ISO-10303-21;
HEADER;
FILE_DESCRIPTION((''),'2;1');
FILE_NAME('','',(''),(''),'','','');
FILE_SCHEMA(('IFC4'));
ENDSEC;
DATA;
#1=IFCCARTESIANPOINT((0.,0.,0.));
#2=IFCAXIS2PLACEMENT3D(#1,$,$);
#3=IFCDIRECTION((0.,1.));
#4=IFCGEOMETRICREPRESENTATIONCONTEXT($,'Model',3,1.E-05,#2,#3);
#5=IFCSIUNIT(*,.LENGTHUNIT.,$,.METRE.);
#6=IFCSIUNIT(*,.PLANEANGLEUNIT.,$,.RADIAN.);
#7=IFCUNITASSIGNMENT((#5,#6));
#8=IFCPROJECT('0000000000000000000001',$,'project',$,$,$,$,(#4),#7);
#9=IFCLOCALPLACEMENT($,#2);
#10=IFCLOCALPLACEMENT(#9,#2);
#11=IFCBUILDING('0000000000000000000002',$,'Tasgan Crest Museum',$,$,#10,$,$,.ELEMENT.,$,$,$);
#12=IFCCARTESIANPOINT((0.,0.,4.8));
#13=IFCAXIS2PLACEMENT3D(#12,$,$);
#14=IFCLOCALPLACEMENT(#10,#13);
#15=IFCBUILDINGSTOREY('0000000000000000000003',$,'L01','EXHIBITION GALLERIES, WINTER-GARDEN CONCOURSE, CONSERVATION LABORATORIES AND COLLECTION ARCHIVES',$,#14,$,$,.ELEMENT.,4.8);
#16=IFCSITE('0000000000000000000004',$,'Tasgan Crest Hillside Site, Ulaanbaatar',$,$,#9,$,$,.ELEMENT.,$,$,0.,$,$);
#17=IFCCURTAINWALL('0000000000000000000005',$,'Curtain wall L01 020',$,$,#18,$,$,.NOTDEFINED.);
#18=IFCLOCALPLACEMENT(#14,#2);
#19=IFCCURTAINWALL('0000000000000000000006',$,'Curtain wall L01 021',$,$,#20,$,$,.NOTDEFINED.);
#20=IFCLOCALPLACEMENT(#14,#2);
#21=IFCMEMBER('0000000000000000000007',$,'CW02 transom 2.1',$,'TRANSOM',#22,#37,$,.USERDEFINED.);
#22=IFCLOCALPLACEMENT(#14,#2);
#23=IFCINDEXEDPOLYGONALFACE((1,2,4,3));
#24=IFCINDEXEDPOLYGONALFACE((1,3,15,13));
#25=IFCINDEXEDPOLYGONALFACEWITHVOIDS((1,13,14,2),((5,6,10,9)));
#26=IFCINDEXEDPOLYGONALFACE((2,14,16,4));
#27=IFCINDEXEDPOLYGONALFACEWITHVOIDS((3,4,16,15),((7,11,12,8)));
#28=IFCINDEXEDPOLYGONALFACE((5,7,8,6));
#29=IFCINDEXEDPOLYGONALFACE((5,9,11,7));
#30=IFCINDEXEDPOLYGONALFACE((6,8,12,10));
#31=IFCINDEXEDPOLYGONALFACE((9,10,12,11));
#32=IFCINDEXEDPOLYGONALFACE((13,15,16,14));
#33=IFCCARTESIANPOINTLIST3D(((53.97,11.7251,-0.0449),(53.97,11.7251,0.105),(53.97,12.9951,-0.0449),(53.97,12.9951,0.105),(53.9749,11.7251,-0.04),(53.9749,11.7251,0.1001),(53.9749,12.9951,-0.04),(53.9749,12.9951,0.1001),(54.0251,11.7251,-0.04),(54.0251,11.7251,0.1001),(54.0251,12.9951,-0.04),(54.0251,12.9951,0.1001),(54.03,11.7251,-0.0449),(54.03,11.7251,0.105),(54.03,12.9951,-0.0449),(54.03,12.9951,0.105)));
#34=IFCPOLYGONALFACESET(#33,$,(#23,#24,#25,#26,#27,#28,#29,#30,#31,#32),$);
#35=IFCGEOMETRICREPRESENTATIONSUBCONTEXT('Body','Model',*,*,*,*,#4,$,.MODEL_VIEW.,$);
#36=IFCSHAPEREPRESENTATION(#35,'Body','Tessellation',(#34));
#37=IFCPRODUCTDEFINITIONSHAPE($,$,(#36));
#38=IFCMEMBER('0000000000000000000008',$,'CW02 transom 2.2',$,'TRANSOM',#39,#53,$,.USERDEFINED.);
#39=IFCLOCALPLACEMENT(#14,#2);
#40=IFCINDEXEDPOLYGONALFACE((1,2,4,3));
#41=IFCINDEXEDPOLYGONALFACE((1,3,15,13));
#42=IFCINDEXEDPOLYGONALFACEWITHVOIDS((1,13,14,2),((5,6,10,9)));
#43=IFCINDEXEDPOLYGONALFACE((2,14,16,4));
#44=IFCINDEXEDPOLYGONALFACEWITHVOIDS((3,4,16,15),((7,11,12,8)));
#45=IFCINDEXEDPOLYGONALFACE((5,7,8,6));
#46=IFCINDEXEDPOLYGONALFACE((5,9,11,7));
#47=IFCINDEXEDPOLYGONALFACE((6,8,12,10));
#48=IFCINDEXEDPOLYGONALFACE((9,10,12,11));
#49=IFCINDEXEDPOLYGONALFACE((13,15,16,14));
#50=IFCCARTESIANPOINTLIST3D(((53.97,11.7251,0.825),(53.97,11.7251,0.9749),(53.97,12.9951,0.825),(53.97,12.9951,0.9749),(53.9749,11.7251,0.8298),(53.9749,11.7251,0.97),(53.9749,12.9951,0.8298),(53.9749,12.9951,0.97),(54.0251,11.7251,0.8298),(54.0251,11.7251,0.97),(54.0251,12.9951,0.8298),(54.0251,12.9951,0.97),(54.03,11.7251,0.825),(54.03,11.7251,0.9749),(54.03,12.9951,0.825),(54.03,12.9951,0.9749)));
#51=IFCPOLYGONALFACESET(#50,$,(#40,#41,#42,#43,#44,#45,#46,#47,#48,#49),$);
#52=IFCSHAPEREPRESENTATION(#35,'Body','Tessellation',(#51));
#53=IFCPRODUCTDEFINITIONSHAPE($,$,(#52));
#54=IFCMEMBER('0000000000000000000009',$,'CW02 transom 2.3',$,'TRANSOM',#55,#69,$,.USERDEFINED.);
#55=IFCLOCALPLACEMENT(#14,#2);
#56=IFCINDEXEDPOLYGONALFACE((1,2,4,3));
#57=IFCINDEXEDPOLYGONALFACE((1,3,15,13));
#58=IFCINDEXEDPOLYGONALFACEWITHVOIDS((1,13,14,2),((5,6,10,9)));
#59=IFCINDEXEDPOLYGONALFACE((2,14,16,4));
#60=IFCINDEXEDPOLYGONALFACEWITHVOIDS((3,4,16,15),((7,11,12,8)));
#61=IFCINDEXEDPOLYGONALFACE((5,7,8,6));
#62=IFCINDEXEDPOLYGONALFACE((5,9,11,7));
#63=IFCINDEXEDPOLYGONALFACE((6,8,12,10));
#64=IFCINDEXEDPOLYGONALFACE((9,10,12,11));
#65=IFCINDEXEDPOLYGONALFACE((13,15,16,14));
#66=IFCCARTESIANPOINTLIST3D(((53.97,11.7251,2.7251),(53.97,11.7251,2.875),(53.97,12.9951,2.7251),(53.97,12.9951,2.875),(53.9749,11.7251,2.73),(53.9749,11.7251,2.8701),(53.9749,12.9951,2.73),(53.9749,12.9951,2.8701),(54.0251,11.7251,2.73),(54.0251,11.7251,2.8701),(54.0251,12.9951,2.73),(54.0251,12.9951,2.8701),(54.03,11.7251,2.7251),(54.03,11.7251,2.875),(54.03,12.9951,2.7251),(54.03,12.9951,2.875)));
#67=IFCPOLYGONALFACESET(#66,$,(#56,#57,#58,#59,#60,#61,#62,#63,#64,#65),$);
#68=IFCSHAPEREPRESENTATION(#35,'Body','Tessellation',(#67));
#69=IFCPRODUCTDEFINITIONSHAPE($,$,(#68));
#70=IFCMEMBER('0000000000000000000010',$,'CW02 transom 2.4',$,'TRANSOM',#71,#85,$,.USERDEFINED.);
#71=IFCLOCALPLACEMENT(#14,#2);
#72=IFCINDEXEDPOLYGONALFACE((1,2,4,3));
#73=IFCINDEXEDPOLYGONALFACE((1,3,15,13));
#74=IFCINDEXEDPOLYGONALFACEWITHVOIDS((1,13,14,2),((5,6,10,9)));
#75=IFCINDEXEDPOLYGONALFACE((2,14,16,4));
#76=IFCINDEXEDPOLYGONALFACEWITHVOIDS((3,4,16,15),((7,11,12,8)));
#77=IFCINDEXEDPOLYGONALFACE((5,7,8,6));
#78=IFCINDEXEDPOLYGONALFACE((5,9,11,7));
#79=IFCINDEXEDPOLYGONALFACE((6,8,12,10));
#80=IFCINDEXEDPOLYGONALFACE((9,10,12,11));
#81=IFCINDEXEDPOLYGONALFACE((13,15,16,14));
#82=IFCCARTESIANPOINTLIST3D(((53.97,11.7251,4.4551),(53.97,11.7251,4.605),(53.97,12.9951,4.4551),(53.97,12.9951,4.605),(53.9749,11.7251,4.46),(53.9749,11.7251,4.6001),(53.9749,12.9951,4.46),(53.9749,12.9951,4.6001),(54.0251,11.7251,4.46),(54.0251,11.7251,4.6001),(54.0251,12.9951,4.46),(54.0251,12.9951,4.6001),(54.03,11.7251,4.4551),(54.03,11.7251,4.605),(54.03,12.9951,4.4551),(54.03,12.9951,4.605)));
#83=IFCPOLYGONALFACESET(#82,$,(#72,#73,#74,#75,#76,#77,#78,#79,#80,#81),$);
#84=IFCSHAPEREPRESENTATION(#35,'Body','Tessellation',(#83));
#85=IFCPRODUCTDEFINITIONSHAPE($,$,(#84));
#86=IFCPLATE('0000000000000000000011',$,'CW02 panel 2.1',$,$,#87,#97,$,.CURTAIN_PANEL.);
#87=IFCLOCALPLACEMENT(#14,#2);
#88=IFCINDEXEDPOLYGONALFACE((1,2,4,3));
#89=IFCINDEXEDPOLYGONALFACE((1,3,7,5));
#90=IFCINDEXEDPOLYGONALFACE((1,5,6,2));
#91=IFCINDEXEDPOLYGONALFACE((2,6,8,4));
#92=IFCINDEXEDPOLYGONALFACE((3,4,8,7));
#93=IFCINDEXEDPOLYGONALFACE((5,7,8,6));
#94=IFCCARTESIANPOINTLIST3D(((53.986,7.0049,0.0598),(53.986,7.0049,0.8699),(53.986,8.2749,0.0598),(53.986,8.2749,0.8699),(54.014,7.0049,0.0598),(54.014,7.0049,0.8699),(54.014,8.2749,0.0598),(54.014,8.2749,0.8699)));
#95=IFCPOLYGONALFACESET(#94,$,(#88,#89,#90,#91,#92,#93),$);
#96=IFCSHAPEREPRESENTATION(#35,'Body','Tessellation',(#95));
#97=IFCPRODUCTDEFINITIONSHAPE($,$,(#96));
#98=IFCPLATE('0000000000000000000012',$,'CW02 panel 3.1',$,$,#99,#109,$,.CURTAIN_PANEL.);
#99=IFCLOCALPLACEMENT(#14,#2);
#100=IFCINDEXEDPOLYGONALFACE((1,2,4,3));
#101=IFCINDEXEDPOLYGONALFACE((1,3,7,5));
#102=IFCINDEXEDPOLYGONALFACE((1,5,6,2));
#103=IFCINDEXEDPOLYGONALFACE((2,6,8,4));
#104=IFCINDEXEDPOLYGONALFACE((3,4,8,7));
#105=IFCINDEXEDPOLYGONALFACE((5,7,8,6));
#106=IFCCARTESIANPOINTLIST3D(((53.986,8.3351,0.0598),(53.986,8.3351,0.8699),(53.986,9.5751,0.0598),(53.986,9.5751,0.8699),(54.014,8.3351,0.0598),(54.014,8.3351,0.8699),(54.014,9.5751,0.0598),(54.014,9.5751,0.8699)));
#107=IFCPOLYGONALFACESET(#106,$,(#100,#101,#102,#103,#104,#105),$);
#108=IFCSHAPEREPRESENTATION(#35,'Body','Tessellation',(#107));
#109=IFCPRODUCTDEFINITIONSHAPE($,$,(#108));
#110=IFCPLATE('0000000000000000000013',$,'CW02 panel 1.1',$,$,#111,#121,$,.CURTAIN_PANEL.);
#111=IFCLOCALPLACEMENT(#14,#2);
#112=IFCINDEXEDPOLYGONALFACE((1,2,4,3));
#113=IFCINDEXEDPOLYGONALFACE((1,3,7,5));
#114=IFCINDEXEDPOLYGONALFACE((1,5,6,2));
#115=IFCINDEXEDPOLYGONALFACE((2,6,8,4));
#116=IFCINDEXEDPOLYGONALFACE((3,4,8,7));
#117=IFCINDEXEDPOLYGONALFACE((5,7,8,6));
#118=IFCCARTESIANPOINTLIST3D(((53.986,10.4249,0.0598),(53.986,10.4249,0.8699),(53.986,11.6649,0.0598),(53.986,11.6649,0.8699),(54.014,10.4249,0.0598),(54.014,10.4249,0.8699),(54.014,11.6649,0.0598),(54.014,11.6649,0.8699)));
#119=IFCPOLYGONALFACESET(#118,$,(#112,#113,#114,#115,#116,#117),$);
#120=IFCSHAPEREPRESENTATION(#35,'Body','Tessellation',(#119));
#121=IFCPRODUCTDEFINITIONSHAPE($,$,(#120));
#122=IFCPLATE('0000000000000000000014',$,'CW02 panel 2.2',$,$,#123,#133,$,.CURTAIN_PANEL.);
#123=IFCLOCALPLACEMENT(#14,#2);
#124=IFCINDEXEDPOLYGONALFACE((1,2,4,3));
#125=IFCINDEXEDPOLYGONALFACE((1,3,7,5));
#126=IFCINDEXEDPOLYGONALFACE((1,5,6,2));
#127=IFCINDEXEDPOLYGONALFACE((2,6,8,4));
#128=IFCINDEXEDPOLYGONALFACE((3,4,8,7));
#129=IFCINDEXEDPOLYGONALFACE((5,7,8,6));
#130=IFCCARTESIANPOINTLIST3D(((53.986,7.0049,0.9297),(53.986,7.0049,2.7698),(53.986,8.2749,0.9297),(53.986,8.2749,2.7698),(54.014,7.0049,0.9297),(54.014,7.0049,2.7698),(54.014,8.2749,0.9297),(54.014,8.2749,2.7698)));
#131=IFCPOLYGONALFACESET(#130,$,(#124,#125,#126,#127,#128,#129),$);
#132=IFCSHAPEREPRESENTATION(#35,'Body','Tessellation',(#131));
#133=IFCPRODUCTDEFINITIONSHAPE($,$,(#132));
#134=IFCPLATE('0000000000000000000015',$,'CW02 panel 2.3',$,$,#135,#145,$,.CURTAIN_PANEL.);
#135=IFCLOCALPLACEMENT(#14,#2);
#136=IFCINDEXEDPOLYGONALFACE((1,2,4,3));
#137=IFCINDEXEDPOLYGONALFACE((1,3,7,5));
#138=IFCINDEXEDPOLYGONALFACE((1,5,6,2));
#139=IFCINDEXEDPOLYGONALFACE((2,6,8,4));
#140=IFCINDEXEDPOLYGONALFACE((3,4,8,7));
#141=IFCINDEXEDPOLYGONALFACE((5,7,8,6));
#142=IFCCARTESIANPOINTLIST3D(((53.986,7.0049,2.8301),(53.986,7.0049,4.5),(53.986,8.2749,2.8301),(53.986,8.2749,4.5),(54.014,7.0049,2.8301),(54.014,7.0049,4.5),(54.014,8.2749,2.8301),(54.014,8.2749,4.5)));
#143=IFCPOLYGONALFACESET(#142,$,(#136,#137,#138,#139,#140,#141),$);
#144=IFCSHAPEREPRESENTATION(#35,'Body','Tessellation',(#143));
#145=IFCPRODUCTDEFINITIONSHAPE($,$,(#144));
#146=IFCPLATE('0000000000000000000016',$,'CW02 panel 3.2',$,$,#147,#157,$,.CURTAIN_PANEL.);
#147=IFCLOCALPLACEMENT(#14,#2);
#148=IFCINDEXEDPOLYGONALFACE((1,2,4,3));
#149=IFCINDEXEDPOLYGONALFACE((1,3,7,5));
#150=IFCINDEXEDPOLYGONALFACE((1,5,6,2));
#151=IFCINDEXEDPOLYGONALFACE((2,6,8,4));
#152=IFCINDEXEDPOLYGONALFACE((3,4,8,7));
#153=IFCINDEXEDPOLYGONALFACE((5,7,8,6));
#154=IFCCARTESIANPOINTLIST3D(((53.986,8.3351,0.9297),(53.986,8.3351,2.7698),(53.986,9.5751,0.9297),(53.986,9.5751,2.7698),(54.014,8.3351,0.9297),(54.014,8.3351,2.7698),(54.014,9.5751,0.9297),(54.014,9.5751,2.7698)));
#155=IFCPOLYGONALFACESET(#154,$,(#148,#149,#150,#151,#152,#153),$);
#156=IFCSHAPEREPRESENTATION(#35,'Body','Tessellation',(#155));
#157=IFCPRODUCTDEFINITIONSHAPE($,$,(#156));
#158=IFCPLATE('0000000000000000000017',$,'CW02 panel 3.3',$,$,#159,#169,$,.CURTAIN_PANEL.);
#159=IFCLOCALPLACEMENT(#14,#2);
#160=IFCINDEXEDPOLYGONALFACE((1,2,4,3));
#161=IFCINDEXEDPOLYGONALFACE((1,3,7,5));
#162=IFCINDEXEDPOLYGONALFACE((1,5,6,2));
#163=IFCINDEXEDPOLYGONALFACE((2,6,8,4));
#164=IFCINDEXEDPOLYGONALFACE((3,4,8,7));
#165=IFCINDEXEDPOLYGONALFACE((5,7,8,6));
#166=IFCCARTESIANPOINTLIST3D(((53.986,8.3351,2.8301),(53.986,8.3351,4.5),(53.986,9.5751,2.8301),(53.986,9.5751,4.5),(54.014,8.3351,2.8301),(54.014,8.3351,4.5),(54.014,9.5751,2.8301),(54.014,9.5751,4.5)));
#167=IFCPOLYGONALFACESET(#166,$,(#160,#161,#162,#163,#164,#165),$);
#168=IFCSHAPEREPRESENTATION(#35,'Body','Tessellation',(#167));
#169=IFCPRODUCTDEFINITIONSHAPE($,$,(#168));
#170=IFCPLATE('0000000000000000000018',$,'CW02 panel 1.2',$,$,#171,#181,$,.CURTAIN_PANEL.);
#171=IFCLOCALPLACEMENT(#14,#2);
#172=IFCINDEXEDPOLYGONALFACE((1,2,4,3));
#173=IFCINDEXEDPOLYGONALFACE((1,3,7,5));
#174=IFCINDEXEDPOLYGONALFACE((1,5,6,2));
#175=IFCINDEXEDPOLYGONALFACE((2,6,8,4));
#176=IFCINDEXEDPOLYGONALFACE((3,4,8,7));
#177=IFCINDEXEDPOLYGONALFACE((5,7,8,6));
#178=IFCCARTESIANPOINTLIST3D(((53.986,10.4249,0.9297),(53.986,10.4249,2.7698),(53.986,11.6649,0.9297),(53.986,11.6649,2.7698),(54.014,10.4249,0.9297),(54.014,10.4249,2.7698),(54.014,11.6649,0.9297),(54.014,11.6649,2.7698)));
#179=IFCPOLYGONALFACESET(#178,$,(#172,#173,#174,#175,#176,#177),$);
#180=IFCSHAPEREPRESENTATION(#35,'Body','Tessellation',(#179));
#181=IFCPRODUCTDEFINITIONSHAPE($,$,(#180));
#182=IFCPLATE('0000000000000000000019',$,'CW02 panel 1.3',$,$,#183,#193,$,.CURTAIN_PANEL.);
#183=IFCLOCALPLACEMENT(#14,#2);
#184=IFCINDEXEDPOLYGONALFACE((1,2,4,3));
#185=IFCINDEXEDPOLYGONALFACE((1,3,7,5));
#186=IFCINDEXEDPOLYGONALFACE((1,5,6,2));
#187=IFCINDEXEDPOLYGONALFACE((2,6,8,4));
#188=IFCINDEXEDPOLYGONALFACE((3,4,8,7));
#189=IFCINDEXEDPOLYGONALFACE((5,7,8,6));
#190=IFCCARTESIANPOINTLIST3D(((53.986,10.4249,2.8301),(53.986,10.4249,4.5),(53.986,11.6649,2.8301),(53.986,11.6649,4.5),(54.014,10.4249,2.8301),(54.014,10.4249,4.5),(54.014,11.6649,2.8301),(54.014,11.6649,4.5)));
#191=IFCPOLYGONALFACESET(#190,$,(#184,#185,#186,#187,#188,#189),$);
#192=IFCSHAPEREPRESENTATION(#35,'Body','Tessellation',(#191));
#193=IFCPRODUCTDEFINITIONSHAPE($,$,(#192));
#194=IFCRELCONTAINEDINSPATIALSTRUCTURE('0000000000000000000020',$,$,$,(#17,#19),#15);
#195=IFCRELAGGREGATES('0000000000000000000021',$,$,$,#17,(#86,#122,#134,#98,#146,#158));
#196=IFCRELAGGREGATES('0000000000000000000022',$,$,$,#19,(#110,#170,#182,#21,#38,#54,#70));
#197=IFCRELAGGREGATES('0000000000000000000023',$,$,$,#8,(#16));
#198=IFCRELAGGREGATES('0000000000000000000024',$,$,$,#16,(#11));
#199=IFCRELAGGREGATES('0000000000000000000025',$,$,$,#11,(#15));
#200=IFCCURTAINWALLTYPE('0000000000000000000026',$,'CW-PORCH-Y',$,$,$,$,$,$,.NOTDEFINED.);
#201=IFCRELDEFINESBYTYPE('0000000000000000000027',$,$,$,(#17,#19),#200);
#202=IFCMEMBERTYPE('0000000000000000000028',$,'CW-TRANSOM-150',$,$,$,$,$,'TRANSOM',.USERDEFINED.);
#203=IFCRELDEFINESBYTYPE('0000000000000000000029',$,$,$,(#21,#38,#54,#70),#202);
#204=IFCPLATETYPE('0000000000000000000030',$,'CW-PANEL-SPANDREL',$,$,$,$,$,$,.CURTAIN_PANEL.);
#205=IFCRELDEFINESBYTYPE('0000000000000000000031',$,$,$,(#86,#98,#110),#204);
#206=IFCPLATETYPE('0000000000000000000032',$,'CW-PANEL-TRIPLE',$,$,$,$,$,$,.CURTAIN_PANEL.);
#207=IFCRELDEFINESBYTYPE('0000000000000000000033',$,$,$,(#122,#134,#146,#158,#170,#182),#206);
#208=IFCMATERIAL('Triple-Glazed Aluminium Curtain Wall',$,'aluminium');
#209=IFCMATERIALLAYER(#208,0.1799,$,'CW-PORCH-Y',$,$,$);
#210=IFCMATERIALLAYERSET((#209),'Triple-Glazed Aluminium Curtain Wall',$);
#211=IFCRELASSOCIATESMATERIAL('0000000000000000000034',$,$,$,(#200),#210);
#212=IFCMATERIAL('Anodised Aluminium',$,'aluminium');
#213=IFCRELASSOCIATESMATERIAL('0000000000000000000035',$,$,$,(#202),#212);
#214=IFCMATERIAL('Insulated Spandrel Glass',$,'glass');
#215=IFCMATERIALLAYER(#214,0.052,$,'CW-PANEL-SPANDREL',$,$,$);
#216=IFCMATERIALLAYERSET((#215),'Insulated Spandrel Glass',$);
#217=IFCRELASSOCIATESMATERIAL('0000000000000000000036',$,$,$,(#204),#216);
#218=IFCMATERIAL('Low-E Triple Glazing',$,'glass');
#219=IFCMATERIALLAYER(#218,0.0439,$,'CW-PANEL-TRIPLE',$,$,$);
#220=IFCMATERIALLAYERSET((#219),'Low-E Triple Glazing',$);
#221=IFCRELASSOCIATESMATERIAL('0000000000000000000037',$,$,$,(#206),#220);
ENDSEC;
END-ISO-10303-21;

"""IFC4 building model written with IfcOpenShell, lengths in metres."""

from ifc_helpers import new_model, si_unit, direction, frame, origin, origin_2d, place, context, subcontext, project, spatial, rectangle, hollow_rectangle, extrude, material, layer, layer_set, material_profile, profile_set, type_object, element, aggregate, save


model = new_model("IFC4")

# Units and contexts
model_context = context("Model", 3, precision=1e-05, world=origin(), true_north=direction((0.0, 1.0)))
body_context = subcontext(model_context, "Body", "Model", "MODEL_VIEW")
ifc_project = project(units=[si_unit("LENGTHUNIT", "METRE"), si_unit("PLANEANGLEUNIT", "RADIAN")], contexts=[model_context])

# Site, building, storey
site_placement = place(None, origin())
site = spatial("IfcSite", under=ifc_project, at=site_placement, Name="Tasgan Crest Hillside Site, Ulaanbaatar", CompositionType="ELEMENT", RefElevation=0.0)
building_placement = place(site_placement, origin())
building = spatial("IfcBuilding", under=site, at=building_placement, Name="Tasgan Crest Museum", CompositionType="ELEMENT")
storey_placement = place(building_placement, frame((0.0, 0.0, 4.8)))
storey = spatial("IfcBuildingStorey", under=building, at=storey_placement, Name="L01", Description="EXHIBITION GALLERIES, WINTER-GARDEN CONCOURSE, CONSERVATION LABORATORIES AND COLLECTION ARCHIVES", CompositionType="ELEMENT", Elevation=4.8)

# Curtain walls
ifc_material_1 = material(Name="Triple-Glazed Aluminium Curtain Wall", Category="aluminium")
ifc_layer_1 = layer(ifc_material_1, 0.1799, Name="CW-PORCH-Y")
ifc_layer_set_1 = layer_set([ifc_layer_1], Name="Triple-Glazed Aluminium Curtain Wall")
curtain_wall_type = type_object("IfcCurtainWallType", Name="CW-PORCH-Y", PredefinedType="NOTDEFINED", material=ifc_layer_set_1)
curtain_wall_1_placement = place(storey_placement, origin())
curtain_wall_1 = element("IfcCurtainWall", 1, at=curtain_wall_1_placement, inside=storey, type_object=curtain_wall_type, Name="Curtain wall L01 020", PredefinedType="NOTDEFINED")
curtain_wall_2_placement = place(storey_placement, origin())
curtain_wall_2 = element("IfcCurtainWall", 2, at=curtain_wall_2_placement, inside=storey, type_object=curtain_wall_type, Name="Curtain wall L01 021", PredefinedType="NOTDEFINED")

# Members
ifc_material_2 = material(Name="Anodised Aluminium", Category="aluminium")
ifc_material_profile_1 = material_profile(ifc_material_2, hollow_rectangle(XDim=0.0601, YDim=0.1499, WallThickness=0.0049, at=origin_2d()), Name="ALU TRANSOM 150x60x5")
ifc_profile_set_1 = profile_set([ifc_material_profile_1], Name="Anodised Aluminium")
member_type_1 = type_object("IfcMemberType", Name="CW-TRANSOM-150", ElementType="TRANSOM", PredefinedType="USERDEFINED", material=ifc_profile_set_1)
member_1_placement = place(storey_placement, frame((54.0, 11.7251, 0.03), z_axis=(0.0, 1.0, 0.0), x_axis=(-1.0, 0.0, 0.0)))
member_1 = element("IfcMember", 3, at=member_1_placement, type_object=member_type_1, Name="CW02 transom 2.1", ObjectType="TRANSOM", PredefinedType="USERDEFINED", context=body_context, shape_type="SweptSolid", body=[
    extrude(hollow_rectangle(XDim=0.0601, YDim=0.1499, WallThickness=0.0049, at=origin_2d()), origin(), (0.0, 0.0, 1.0), 1.27),
])
member_2_placement = place(storey_placement, frame((54.0, 11.7251, 0.8999), z_axis=(0.0, 1.0, 0.0), x_axis=(-1.0, 0.0, 0.0)))
member_2 = element("IfcMember", 4, at=member_2_placement, type_object=member_type_1, Name="CW02 transom 2.2", ObjectType="TRANSOM", PredefinedType="USERDEFINED", context=body_context, shape_type="SweptSolid", body=[
    extrude(hollow_rectangle(XDim=0.0601, YDim=0.1499, WallThickness=0.0049, at=origin_2d()), origin(), (0.0, 0.0, 1.0), 1.27),
])
member_3_placement = place(storey_placement, frame((54.0, 11.7251, 2.8), z_axis=(0.0, 1.0, 0.0), x_axis=(-1.0, 0.0, 0.0)))
member_3 = element("IfcMember", 5, at=member_3_placement, type_object=member_type_1, Name="CW02 transom 2.3", ObjectType="TRANSOM", PredefinedType="USERDEFINED", context=body_context, shape_type="SweptSolid", body=[
    extrude(hollow_rectangle(XDim=0.0601, YDim=0.1499, WallThickness=0.0049, at=origin_2d()), origin(), (0.0, 0.0, 1.0), 1.27),
])
member_4_placement = place(storey_placement, frame((54.0, 11.7251, 4.53), z_axis=(0.0, 1.0, 0.0), x_axis=(-1.0, 0.0, 0.0)))
member_4 = element("IfcMember", 6, at=member_4_placement, type_object=member_type_1, Name="CW02 transom 2.4", ObjectType="TRANSOM", PredefinedType="USERDEFINED", context=body_context, shape_type="SweptSolid", body=[
    extrude(hollow_rectangle(XDim=0.0601, YDim=0.1499, WallThickness=0.0049, at=origin_2d()), origin(), (0.0, 0.0, 1.0), 1.27),
])

# Plates
ifc_material_3 = material(Name="Insulated Spandrel Glass", Category="glass")
ifc_layer_2 = layer(ifc_material_3, 0.052, Name="CW-PANEL-SPANDREL")
ifc_layer_set_2 = layer_set([ifc_layer_2], Name="Insulated Spandrel Glass")
plate_type_1 = type_object("IfcPlateType", Name="CW-PANEL-SPANDREL", PredefinedType="CURTAIN_PANEL", material=ifc_layer_set_2)
plate_1_placement = place(storey_placement, frame((54.0, 7.6399, 0.0598), z_axis=(0.0, 0.0, 1.0), x_axis=(0.0, 1.0, 0.0)))
plate_1 = element("IfcPlate", 7, at=plate_1_placement, type_object=plate_type_1, Name="CW02 panel 2.1", PredefinedType="CURTAIN_PANEL", context=body_context, shape_type="SweptSolid", body=[
    extrude(rectangle(XDim=1.27, YDim=0.0281, at=origin_2d()), origin(), (0.0, 0.0, 1.0), 0.8101),
])
plate_2_placement = place(storey_placement, frame((54.0, 8.9551, 0.0598), z_axis=(0.0, 0.0, 1.0), x_axis=(0.0, 1.0, 0.0)))
plate_2 = element("IfcPlate", 8, at=plate_2_placement, type_object=plate_type_1, Name="CW02 panel 3.1", PredefinedType="CURTAIN_PANEL", context=body_context, shape_type="SweptSolid", body=[
    extrude(rectangle(XDim=1.24, YDim=0.0281, at=origin_2d()), origin(), (0.0, 0.0, 1.0), 0.8101),
])
plate_3_placement = place(storey_placement, frame((54.0, 11.0449, 0.0598), z_axis=(0.0, 0.0, 1.0), x_axis=(0.0, 1.0, 0.0)))
plate_3 = element("IfcPlate", 9, at=plate_3_placement, type_object=plate_type_1, Name="CW02 panel 1.1", PredefinedType="CURTAIN_PANEL", context=body_context, shape_type="SweptSolid", body=[
    extrude(rectangle(XDim=1.24, YDim=0.0281, at=origin_2d()), origin(), (0.0, 0.0, 1.0), 0.8101),
])
ifc_material_4 = material(Name="Low-E Triple Glazing", Category="glass")
ifc_layer_3 = layer(ifc_material_4, 0.0439, Name="CW-PANEL-TRIPLE")
ifc_layer_set_3 = layer_set([ifc_layer_3], Name="Low-E Triple Glazing")
plate_type_2 = type_object("IfcPlateType", Name="CW-PANEL-TRIPLE", PredefinedType="CURTAIN_PANEL", material=ifc_layer_set_3)
plate_4_placement = place(storey_placement, frame((54.0, 7.6399, 0.9297), z_axis=(0.0, 0.0, 1.0), x_axis=(0.0, 1.0, 0.0)))
plate_4 = element("IfcPlate", 10, at=plate_4_placement, type_object=plate_type_2, Name="CW02 panel 2.2", PredefinedType="CURTAIN_PANEL", context=body_context, shape_type="SweptSolid", body=[
    extrude(rectangle(XDim=1.27, YDim=0.0281, at=origin_2d()), origin(), (0.0, 0.0, 1.0), 1.8401),
])
plate_5_placement = place(storey_placement, frame((54.0, 7.6399, 2.8301), z_axis=(0.0, 0.0, 1.0), x_axis=(0.0, 1.0, 0.0)))
plate_5 = element("IfcPlate", 11, at=plate_5_placement, type_object=plate_type_2, Name="CW02 panel 2.3", PredefinedType="CURTAIN_PANEL", context=body_context, shape_type="SweptSolid", body=[
    extrude(rectangle(XDim=1.27, YDim=0.0281, at=origin_2d()), origin(), (0.0, 0.0, 1.0), 1.6699),
])
plate_6_placement = place(storey_placement, frame((54.0, 8.9551, 0.9297), z_axis=(0.0, 0.0, 1.0), x_axis=(0.0, 1.0, 0.0)))
plate_6 = element("IfcPlate", 12, at=plate_6_placement, type_object=plate_type_2, Name="CW02 panel 3.2", PredefinedType="CURTAIN_PANEL", context=body_context, shape_type="SweptSolid", body=[
    extrude(rectangle(XDim=1.24, YDim=0.0281, at=origin_2d()), origin(), (0.0, 0.0, 1.0), 1.8401),
])
plate_7_placement = place(storey_placement, frame((54.0, 8.9551, 2.8301), z_axis=(0.0, 0.0, 1.0), x_axis=(0.0, 1.0, 0.0)))
plate_7 = element("IfcPlate", 13, at=plate_7_placement, type_object=plate_type_2, Name="CW02 panel 3.3", PredefinedType="CURTAIN_PANEL", context=body_context, shape_type="SweptSolid", body=[
    extrude(rectangle(XDim=1.24, YDim=0.0281, at=origin_2d()), origin(), (0.0, 0.0, 1.0), 1.6699),
])
aggregate(curtain_wall_1, [plate_1, plate_4, plate_5, plate_2, plate_6, plate_7])
plate_8_placement = place(storey_placement, frame((54.0, 11.0449, 0.9297), z_axis=(0.0, 0.0, 1.0), x_axis=(0.0, 1.0, 0.0)))
plate_8 = element("IfcPlate", 14, at=plate_8_placement, type_object=plate_type_2, Name="CW02 panel 1.2", PredefinedType="CURTAIN_PANEL", context=body_context, shape_type="SweptSolid", body=[
    extrude(rectangle(XDim=1.24, YDim=0.0281, at=origin_2d()), origin(), (0.0, 0.0, 1.0), 1.8401),
])
plate_9_placement = place(storey_placement, frame((54.0, 11.0449, 2.8301), z_axis=(0.0, 0.0, 1.0), x_axis=(0.0, 1.0, 0.0)))
plate_9 = element("IfcPlate", 15, at=plate_9_placement, type_object=plate_type_2, Name="CW02 panel 1.3", PredefinedType="CURTAIN_PANEL", context=body_context, shape_type="SweptSolid", body=[
    extrude(rectangle(XDim=1.24, YDim=0.0281, at=origin_2d()), origin(), (0.0, 0.0, 1.0), 1.6699),
])
aggregate(curtain_wall_2, [plate_3, plate_8, plate_9, member_1, member_2, member_3, member_4])

save(model, "model.ifc")
